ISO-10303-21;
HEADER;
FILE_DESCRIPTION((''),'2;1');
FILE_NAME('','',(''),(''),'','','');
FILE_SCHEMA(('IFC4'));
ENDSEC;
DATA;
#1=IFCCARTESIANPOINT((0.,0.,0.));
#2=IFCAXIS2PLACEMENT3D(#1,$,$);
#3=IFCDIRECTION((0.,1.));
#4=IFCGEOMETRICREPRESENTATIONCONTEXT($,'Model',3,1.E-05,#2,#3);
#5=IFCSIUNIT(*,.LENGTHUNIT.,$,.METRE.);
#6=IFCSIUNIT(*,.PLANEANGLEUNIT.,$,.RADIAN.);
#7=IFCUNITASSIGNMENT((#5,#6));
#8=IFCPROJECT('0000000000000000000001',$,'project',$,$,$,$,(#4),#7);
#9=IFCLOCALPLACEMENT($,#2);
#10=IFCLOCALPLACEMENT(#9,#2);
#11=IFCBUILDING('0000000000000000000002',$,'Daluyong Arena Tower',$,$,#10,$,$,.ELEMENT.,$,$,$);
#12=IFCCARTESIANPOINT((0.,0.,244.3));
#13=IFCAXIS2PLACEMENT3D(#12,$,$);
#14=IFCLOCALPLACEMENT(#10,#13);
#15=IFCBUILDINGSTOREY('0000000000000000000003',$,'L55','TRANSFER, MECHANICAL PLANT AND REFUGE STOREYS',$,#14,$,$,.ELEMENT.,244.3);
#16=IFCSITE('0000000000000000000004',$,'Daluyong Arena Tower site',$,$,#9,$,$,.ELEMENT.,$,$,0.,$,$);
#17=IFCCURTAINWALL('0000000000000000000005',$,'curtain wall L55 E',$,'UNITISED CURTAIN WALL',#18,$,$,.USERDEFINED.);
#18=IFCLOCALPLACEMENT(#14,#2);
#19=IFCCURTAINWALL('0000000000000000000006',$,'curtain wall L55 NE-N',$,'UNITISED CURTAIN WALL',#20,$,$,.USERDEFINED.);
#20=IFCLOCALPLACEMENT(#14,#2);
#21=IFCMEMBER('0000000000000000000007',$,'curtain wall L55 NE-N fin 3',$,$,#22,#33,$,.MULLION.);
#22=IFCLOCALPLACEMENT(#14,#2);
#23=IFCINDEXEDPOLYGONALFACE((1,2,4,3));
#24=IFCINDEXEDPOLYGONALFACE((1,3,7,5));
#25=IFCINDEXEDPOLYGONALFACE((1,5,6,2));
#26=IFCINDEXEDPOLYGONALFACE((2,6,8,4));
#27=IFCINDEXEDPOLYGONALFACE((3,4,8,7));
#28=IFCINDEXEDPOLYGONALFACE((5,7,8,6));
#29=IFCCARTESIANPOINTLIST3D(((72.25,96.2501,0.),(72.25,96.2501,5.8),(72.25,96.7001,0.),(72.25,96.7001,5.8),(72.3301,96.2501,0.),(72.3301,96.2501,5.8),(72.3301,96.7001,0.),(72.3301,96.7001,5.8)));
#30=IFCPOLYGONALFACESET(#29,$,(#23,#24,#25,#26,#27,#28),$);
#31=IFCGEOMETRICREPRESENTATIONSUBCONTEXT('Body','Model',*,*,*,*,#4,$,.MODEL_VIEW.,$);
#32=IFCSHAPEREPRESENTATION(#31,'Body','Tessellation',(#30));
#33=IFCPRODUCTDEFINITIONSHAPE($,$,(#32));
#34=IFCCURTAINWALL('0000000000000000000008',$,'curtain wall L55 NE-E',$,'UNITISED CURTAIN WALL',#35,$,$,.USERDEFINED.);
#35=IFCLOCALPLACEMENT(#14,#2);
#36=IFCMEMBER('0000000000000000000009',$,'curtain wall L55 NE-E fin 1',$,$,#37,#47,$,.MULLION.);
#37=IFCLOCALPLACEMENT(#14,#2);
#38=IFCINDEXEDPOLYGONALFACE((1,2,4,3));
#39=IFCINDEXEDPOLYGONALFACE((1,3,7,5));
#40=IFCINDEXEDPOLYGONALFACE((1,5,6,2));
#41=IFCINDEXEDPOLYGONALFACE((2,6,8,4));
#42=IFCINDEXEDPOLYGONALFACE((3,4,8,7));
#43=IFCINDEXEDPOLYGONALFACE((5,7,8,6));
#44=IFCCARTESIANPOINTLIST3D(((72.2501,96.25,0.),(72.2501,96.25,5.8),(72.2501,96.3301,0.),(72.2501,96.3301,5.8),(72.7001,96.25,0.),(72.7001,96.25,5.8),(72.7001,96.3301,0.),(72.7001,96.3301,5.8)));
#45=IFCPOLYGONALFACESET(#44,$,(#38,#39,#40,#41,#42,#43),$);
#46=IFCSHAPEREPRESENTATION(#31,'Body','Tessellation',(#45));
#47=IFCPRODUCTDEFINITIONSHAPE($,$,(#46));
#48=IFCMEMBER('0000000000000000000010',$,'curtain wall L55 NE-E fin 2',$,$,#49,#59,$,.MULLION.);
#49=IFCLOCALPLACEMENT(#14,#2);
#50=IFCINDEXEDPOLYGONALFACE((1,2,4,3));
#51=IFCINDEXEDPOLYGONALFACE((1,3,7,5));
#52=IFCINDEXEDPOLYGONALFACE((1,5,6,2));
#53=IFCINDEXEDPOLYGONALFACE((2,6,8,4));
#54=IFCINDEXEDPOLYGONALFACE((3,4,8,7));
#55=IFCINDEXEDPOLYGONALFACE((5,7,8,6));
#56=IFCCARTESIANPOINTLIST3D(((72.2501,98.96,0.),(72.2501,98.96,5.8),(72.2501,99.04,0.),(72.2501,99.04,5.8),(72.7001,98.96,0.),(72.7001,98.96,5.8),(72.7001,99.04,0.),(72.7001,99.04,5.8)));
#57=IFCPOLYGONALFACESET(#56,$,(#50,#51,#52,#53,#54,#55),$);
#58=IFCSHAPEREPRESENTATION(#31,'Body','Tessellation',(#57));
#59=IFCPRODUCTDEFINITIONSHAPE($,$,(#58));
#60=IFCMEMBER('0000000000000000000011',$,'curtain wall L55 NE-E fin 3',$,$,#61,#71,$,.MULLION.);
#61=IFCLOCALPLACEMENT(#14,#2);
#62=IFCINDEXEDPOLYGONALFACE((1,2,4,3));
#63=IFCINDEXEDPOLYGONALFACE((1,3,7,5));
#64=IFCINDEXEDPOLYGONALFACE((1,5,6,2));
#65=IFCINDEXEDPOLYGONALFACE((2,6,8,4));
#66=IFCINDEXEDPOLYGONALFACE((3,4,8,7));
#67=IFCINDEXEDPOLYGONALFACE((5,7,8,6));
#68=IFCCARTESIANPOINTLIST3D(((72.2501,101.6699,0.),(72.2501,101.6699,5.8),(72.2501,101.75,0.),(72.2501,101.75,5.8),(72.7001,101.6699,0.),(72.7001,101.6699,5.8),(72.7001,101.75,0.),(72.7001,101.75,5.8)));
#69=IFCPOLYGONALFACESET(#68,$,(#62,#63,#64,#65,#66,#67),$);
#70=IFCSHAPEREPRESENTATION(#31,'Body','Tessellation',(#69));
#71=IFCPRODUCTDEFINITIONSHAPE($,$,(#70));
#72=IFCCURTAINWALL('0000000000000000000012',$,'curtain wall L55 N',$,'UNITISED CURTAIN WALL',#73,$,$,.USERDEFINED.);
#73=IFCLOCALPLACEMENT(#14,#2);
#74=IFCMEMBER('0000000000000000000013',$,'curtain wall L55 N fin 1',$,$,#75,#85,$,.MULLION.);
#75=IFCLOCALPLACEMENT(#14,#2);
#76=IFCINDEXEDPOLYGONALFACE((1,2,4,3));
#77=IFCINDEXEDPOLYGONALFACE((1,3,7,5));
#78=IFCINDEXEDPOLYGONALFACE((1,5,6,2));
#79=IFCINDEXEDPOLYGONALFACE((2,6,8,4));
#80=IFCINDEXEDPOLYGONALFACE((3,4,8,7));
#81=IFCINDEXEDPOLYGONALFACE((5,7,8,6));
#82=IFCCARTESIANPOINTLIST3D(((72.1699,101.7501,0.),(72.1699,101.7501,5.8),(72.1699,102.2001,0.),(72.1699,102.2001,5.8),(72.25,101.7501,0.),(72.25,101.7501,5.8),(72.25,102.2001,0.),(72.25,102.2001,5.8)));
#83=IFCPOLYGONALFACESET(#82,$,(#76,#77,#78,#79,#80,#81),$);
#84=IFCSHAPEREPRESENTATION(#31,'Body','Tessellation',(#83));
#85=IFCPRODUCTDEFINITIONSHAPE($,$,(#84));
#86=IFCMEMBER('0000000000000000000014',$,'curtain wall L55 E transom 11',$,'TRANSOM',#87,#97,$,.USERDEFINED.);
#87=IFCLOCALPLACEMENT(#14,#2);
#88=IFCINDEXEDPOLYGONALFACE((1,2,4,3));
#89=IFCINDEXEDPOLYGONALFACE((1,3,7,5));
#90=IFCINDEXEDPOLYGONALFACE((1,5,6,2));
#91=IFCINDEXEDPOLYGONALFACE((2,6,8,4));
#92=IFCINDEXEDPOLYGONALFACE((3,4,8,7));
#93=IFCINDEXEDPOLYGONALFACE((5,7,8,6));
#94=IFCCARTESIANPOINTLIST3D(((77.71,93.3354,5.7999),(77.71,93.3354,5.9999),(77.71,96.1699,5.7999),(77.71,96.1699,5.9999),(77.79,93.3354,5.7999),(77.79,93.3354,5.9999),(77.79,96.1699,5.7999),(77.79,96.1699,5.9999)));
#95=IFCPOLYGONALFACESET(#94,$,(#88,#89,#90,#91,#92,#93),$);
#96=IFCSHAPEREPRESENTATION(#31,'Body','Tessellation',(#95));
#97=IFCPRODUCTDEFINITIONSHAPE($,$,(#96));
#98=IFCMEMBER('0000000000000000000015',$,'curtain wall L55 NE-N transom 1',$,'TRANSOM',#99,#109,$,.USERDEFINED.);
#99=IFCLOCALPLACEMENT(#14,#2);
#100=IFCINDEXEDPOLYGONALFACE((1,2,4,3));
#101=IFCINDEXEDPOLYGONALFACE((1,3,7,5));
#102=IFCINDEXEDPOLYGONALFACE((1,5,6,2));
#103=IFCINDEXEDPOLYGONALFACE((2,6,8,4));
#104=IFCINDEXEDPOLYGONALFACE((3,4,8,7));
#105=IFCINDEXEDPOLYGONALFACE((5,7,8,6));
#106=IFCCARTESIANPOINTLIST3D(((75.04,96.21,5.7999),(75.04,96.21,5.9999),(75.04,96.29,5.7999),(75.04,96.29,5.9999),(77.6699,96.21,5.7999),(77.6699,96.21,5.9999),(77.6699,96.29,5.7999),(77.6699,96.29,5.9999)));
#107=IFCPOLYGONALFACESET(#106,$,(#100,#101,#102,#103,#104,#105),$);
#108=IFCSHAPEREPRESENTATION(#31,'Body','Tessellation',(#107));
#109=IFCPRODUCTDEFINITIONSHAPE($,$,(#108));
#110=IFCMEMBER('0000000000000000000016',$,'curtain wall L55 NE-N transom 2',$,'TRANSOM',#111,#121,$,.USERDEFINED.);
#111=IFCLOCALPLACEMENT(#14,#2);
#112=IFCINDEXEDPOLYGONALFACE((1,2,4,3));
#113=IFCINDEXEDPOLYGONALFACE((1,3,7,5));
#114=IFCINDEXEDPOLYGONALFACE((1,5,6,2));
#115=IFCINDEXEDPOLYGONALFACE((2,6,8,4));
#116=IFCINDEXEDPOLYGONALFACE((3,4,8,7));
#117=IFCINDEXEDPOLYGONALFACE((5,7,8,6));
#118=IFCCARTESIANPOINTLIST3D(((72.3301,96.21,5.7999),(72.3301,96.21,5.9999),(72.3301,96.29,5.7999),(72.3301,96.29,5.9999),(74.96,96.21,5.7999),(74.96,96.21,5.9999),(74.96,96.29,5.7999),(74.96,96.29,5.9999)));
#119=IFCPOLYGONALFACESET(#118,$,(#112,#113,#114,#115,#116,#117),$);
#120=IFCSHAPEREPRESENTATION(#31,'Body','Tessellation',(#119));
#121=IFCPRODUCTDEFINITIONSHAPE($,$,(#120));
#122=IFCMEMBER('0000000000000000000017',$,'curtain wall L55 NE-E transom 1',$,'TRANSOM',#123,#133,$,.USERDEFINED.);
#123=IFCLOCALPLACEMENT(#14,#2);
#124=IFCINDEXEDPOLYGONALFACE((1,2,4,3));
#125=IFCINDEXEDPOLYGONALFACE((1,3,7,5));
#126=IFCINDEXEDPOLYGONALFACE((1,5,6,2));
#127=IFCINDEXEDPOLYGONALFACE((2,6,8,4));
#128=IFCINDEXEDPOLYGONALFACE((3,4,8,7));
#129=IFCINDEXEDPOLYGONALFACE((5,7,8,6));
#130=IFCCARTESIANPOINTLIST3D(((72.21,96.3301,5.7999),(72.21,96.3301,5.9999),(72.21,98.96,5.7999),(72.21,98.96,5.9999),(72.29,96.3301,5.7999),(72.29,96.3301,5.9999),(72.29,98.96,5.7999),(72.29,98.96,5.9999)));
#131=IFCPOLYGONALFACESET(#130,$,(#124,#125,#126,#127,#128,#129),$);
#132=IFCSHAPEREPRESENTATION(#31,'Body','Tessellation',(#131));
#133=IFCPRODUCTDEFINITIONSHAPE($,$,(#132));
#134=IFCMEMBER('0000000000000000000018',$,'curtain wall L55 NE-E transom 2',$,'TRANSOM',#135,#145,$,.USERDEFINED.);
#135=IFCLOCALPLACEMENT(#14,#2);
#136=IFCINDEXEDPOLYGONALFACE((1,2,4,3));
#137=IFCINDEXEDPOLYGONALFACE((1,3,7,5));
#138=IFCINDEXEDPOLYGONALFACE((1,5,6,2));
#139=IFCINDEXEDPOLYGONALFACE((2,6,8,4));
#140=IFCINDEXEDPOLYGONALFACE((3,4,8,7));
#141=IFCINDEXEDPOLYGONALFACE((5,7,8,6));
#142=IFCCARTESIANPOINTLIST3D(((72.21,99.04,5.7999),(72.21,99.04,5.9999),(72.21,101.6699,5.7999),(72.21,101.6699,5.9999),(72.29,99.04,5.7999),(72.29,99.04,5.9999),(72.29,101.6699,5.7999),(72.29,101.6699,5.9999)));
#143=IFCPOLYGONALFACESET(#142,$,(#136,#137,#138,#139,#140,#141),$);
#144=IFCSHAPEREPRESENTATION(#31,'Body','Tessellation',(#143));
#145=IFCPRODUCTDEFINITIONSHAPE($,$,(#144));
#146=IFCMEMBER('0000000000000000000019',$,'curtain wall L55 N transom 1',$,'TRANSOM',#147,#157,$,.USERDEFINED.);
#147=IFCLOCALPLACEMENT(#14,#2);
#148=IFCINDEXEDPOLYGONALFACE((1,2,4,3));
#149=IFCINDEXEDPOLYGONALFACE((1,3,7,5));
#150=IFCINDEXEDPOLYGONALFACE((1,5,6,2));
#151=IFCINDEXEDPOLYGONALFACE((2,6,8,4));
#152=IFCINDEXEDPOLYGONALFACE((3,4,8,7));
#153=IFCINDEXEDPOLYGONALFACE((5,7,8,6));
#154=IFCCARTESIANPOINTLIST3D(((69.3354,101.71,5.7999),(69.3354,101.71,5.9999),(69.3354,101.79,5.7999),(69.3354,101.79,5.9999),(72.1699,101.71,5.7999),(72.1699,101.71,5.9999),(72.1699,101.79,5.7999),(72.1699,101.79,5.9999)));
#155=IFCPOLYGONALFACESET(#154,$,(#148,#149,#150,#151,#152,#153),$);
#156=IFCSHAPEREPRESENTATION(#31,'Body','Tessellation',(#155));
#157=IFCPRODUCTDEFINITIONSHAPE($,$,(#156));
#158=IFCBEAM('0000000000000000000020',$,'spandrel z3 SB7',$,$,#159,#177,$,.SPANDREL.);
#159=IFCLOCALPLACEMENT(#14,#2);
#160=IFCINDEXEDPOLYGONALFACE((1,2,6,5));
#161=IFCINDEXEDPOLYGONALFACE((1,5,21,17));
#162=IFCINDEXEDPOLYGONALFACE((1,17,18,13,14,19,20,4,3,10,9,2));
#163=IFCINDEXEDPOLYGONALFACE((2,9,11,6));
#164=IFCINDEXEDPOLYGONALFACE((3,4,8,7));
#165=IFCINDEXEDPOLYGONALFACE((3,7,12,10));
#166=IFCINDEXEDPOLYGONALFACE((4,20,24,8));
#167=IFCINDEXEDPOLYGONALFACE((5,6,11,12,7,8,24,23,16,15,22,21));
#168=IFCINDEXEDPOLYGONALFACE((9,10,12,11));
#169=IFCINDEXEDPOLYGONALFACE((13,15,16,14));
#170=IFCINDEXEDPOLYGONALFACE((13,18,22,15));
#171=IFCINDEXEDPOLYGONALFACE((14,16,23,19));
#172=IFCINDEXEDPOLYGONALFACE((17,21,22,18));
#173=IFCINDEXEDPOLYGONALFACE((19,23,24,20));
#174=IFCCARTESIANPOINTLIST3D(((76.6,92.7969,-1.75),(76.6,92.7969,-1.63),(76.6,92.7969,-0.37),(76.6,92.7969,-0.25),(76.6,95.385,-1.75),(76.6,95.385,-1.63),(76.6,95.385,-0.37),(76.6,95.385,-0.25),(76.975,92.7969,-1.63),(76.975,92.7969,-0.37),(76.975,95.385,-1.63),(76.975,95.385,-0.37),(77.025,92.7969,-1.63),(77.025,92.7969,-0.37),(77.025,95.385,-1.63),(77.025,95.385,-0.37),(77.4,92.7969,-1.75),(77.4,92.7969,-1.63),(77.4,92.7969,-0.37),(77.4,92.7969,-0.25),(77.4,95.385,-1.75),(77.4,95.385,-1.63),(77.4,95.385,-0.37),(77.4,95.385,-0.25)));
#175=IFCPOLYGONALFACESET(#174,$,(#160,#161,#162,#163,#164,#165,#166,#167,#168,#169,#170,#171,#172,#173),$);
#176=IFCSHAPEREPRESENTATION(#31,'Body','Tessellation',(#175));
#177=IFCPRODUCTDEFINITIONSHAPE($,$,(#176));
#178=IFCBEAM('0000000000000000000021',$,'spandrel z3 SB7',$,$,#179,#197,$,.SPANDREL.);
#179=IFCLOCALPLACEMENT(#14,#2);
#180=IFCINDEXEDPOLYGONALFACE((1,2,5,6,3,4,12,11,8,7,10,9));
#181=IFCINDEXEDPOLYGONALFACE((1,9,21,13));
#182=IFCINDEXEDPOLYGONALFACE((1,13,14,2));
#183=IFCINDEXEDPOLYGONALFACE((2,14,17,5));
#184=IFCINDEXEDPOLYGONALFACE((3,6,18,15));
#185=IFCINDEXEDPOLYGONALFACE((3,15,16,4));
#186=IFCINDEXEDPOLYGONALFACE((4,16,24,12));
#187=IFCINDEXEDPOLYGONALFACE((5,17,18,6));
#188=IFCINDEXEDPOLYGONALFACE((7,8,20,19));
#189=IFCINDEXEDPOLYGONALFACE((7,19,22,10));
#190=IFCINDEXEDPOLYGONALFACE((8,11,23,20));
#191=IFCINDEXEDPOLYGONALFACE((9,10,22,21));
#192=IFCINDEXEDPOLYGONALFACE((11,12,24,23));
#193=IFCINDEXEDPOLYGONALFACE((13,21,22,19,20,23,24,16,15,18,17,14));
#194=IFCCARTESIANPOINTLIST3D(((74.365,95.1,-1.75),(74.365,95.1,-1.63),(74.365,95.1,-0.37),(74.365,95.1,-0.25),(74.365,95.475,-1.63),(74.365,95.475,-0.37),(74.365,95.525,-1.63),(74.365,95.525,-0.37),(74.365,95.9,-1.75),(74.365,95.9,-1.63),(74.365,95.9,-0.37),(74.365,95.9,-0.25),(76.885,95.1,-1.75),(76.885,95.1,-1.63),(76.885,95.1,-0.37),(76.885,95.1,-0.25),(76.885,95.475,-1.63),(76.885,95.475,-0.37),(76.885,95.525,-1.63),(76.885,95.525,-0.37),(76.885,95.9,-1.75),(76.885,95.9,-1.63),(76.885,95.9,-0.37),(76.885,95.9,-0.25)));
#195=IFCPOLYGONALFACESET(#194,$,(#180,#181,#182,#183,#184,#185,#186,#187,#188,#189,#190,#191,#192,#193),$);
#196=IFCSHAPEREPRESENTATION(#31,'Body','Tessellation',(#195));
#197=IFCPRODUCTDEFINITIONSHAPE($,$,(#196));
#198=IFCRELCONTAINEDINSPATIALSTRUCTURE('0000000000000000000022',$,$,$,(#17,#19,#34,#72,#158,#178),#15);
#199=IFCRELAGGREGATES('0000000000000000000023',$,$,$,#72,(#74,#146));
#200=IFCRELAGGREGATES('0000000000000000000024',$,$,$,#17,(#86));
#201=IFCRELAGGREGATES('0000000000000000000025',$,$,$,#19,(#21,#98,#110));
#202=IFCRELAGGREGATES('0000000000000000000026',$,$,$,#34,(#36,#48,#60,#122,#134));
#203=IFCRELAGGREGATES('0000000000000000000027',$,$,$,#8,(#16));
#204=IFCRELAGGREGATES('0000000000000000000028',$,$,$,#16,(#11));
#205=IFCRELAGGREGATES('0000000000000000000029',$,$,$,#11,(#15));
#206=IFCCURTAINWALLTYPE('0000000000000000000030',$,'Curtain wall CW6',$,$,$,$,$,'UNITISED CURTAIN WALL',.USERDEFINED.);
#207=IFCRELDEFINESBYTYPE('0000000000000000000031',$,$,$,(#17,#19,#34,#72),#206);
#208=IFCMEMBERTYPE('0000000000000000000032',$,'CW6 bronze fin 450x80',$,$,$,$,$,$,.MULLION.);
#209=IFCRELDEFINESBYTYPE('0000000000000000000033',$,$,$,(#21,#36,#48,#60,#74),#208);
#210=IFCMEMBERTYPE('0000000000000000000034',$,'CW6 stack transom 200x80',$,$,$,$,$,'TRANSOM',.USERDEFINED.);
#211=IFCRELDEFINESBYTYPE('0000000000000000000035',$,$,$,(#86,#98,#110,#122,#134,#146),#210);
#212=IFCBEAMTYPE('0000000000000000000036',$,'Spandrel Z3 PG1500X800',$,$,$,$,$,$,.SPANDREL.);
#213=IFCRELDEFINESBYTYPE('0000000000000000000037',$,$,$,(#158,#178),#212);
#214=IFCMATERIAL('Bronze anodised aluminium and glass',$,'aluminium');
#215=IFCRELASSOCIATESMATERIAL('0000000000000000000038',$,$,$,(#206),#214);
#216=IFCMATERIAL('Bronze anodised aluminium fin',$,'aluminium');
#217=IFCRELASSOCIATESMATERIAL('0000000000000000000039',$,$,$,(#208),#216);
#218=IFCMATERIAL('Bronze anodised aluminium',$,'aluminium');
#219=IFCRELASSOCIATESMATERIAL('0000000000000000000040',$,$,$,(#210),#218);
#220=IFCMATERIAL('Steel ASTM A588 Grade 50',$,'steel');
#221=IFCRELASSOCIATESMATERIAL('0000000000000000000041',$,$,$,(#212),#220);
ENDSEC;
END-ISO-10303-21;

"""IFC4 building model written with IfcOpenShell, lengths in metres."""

from ifc_helpers import new_model, si_unit, direction, frame, origin, origin_2d, place, context, subcontext, project, spatial, rectangle, i_section, extrude, material, material_profile, profile_set, type_object, element, aggregate, save


model = new_model("IFC4")

# Units and contexts
model_context = context("Model", 3, precision=1e-05, world=origin(), true_north=direction((0.0, 1.0)))
body_context = subcontext(model_context, "Body", "Model", "MODEL_VIEW")
ifc_project = project(units=[si_unit("LENGTHUNIT", "METRE"), si_unit("PLANEANGLEUNIT", "RADIAN")], contexts=[model_context])

# Site, building, storey
site_placement = place(None, origin())
site = spatial("IfcSite", under=ifc_project, at=site_placement, Name="Daluyong Arena Tower site", CompositionType="ELEMENT", RefElevation=0.0)
building_placement = place(site_placement, origin())
building = spatial("IfcBuilding", under=site, at=building_placement, Name="Daluyong Arena Tower", CompositionType="ELEMENT")
storey_placement = place(building_placement, frame((0.0, 0.0, 244.3)))
storey = spatial("IfcBuildingStorey", under=building, at=storey_placement, Name="L55", Description="TRANSFER, MECHANICAL PLANT AND REFUGE STOREYS", CompositionType="ELEMENT", Elevation=244.3)

# Curtain walls, members
ifc_material_1 = material(Name="Bronze anodised aluminium and glass", Category="aluminium")
curtain_wall_type = type_object("IfcCurtainWallType", Name="Curtain wall CW6", ElementType="UNITISED CURTAIN WALL", PredefinedType="USERDEFINED", material=ifc_material_1)
curtain_wall_1_placement = place(storey_placement, origin())
curtain_wall_1 = element("IfcCurtainWall", 1, at=curtain_wall_1_placement, inside=storey, type_object=curtain_wall_type, Name="curtain wall L55 E", ObjectType="UNITISED CURTAIN WALL", PredefinedType="USERDEFINED")
ifc_material_2 = material(Name="Bronze anodised aluminium fin", Category="aluminium")
ifc_material_profile_1 = material_profile(ifc_material_2, rectangle(XDim=0.45, YDim=0.0801, at=origin_2d()))
ifc_profile_set_1 = profile_set([ifc_material_profile_1], Name="Bronze anodised aluminium fin")
member_type_1 = type_object("IfcMemberType", Name="CW6 bronze fin 450x80", PredefinedType="MULLION", material=ifc_profile_set_1)
curtain_wall_2_placement = place(storey_placement, origin())
curtain_wall_2 = element("IfcCurtainWall", 2, at=curtain_wall_2_placement, inside=storey, type_object=curtain_wall_type, Name="curtain wall L55 NE-N", ObjectType="UNITISED CURTAIN WALL", PredefinedType="USERDEFINED")
member_1_placement = place(storey_placement, frame((72.29, 96.4751, 0.0), z_axis=(0.0, 0.0, 1.0), x_axis=(0.0, -1.0, 0.0)))
member_1 = element("IfcMember", 3, at=member_1_placement, type_object=member_type_1, Name="curtain wall L55 NE-N fin 3", PredefinedType="MULLION", context=body_context, shape_type="SweptSolid", body=[
    extrude(rectangle(XDim=0.45, YDim=0.0801, at=origin_2d()), origin(), (0.0, 0.0, 1.0), 5.8),
])
curtain_wall_3_placement = place(storey_placement, origin())
curtain_wall_3 = element("IfcCurtainWall", 4, at=curtain_wall_3_placement, inside=storey, type_object=curtain_wall_type, Name="curtain wall L55 NE-E", ObjectType="UNITISED CURTAIN WALL", PredefinedType="USERDEFINED")
member_2_placement = place(storey_placement, frame((72.4751, 96.29, 0.0), z_axis=(0.0, 0.0, 1.0), x_axis=(-1.0, 0.0, 0.0)))
member_2 = element("IfcMember", 5, at=member_2_placement, type_object=member_type_1, Name="curtain wall L55 NE-E fin 1", PredefinedType="MULLION", context=body_context, shape_type="SweptSolid", body=[
    extrude(rectangle(XDim=0.45, YDim=0.0801, at=origin_2d()), origin(), (0.0, 0.0, 1.0), 5.8),
])
member_3_placement = place(storey_placement, frame((72.4751, 99.0, 0.0), z_axis=(0.0, 0.0, 1.0), x_axis=(-1.0, 0.0, 0.0)))
member_3 = element("IfcMember", 6, at=member_3_placement, type_object=member_type_1, Name="curtain wall L55 NE-E fin 2", PredefinedType="MULLION", context=body_context, shape_type="SweptSolid", body=[
    extrude(rectangle(XDim=0.45, YDim=0.0801, at=origin_2d()), origin(), (0.0, 0.0, 1.0), 5.8),
])
member_4_placement = place(storey_placement, frame((72.4751, 101.71, 0.0), z_axis=(0.0, 0.0, 1.0), x_axis=(-1.0, 0.0, 0.0)))
member_4 = element("IfcMember", 7, at=member_4_placement, type_object=member_type_1, Name="curtain wall L55 NE-E fin 3", PredefinedType="MULLION", context=body_context, shape_type="SweptSolid", body=[
    extrude(rectangle(XDim=0.45, YDim=0.0801, at=origin_2d()), origin(), (0.0, 0.0, 1.0), 5.8),
])

# Curtain wall, member
curtain_wall_4_placement = place(storey_placement, origin())
curtain_wall_4 = element("IfcCurtainWall", 8, at=curtain_wall_4_placement, inside=storey, type_object=curtain_wall_type, Name="curtain wall L55 N", ObjectType="UNITISED CURTAIN WALL", PredefinedType="USERDEFINED")
member_5_placement = place(storey_placement, frame((72.21, 101.9751, 0.0), z_axis=(0.0, 0.0, 1.0), x_axis=(0.0, -1.0, 0.0)))
member_5 = element("IfcMember", 9, at=member_5_placement, type_object=member_type_1, Name="curtain wall L55 N fin 1", PredefinedType="MULLION", context=body_context, shape_type="SweptSolid", body=[
    extrude(rectangle(XDim=0.45, YDim=0.0801, at=origin_2d()), origin(), (0.0, 0.0, 1.0), 5.8),
])

# Members
ifc_material_3 = material(Name="Bronze anodised aluminium", Category="aluminium")
ifc_material_profile_2 = material_profile(ifc_material_3, rectangle(XDim=0.0801, YDim=0.2, at=origin_2d()))
ifc_profile_set_2 = profile_set([ifc_material_profile_2], Name="Bronze anodised aluminium")
member_type_2 = type_object("IfcMemberType", Name="CW6 stack transom 200x80", ElementType="TRANSOM", PredefinedType="USERDEFINED", material=ifc_profile_set_2)
member_6_placement = place(storey_placement, frame((77.75, 93.3354, 5.8999), z_axis=(0.0, 1.0, 0.0), x_axis=(-1.0, 0.0, 0.0)))
member_6 = element("IfcMember", 10, at=member_6_placement, type_object=member_type_2, Name="curtain wall L55 E transom 11", ObjectType="TRANSOM", PredefinedType="USERDEFINED", context=body_context, shape_type="SweptSolid", body=[
    extrude(rectangle(XDim=0.0801, YDim=0.2, at=origin_2d()), origin(), (0.0, 0.0, 1.0), 2.8345),
])
member_7_placement = place(storey_placement, frame((77.6699, 96.25, 5.8999), z_axis=(-1.0, 0.0, 0.0), x_axis=(0.0, -1.0, 0.0)))
member_7 = element("IfcMember", 11, at=member_7_placement, type_object=member_type_2, Name="curtain wall L55 NE-N transom 1", ObjectType="TRANSOM", PredefinedType="USERDEFINED", context=body_context, shape_type="SweptSolid", body=[
    extrude(rectangle(XDim=0.0801, YDim=0.2, at=origin_2d()), origin(), (0.0, 0.0, 1.0), 2.6299),
])
member_8_placement = place(storey_placement, frame((74.96, 96.25, 5.8999), z_axis=(-1.0, 0.0, 0.0), x_axis=(0.0, -1.0, 0.0)))
member_8 = element("IfcMember", 12, at=member_8_placement, type_object=member_type_2, Name="curtain wall L55 NE-N transom 2", ObjectType="TRANSOM", PredefinedType="USERDEFINED", context=body_context, shape_type="SweptSolid", body=[
    extrude(rectangle(XDim=0.0801, YDim=0.2, at=origin_2d()), origin(), (0.0, 0.0, 1.0), 2.6299),
])
member_9_placement = place(storey_placement, frame((72.25, 96.3301, 5.8999), z_axis=(0.0, 1.0, 0.0), x_axis=(-1.0, 0.0, 0.0)))
member_9 = element("IfcMember", 13, at=member_9_placement, type_object=member_type_2, Name="curtain wall L55 NE-E transom 1", ObjectType="TRANSOM", PredefinedType="USERDEFINED", context=body_context, shape_type="SweptSolid", body=[
    extrude(rectangle(XDim=0.0801, YDim=0.2, at=origin_2d()), origin(), (0.0, 0.0, 1.0), 2.6299),
])
member_10_placement = place(storey_placement, frame((72.25, 99.04, 5.8999), z_axis=(0.0, 1.0, 0.0), x_axis=(-1.0, 0.0, 0.0)))
member_10 = element("IfcMember", 14, at=member_10_placement, type_object=member_type_2, Name="curtain wall L55 NE-E transom 2", ObjectType="TRANSOM", PredefinedType="USERDEFINED", context=body_context, shape_type="SweptSolid", body=[
    extrude(rectangle(XDim=0.0801, YDim=0.2, at=origin_2d()), origin(), (0.0, 0.0, 1.0), 2.6299),
])
member_11_placement = place(storey_placement, frame((72.1699, 101.75, 5.8999), z_axis=(-1.0, 0.0, 0.0), x_axis=(0.0, -1.0, 0.0)))
member_11 = element("IfcMember", 15, at=member_11_placement, type_object=member_type_2, Name="curtain wall L55 N transom 1", ObjectType="TRANSOM", PredefinedType="USERDEFINED", context=body_context, shape_type="SweptSolid", body=[
    extrude(rectangle(XDim=0.0801, YDim=0.2, at=origin_2d()), origin(), (0.0, 0.0, 1.0), 2.8345),
])
aggregate(curtain_wall_4, [member_5, member_11])

# Beams
ifc_material_4 = material(Name="Steel ASTM A588 Grade 50", Category="steel")
ifc_material_profile_3 = material_profile(ifc_material_4, i_section(OverallWidth=0.8, OverallDepth=1.5, WebThickness=0.05, FlangeThickness=0.12, at=origin_2d()))
ifc_profile_set_3 = profile_set([ifc_material_profile_3], Name="Steel ASTM A588 Grade 50")
beam_type = type_object("IfcBeamType", Name="Spandrel Z3 PG1500X800", PredefinedType="SPANDREL", material=ifc_profile_set_3)
beam_placement = place(storey_placement, frame((77.0, 92.7969, -1.0), z_axis=(0.0, 1.0, 0.0), x_axis=(-1.0, 0.0, 0.0)))
element("IfcBeam", 16, at=beam_placement, inside=storey, type_object=beam_type, Name="spandrel z3 SB7", PredefinedType="SPANDREL", context=body_context, shape_type="SweptSolid", body=[
    extrude(i_section(OverallWidth=0.8, OverallDepth=1.5, WebThickness=0.05, FlangeThickness=0.12, at=origin_2d()), origin(), (0.0, 0.0, 1.0), 2.5881),
])
for number, where, z_axis, x_axis, name in (
    (17, (76.885, 95.5, -1.0), (-1.0, 0.0, 0.0), (0.0, -1.0, 0.0), "spandrel z3 SB7"),
):
    element("IfcBeam", number, at=place(storey_placement, frame(where, z_axis=z_axis, x_axis=x_axis)), inside=storey, type_object=beam_type, Name=name, PredefinedType="SPANDREL", context=body_context, shape_type="SweptSolid", body=[
        extrude(i_section(OverallWidth=0.8, OverallDepth=1.5, WebThickness=0.05, FlangeThickness=0.12, at=origin_2d()), origin(), (0.0, 0.0, 1.0), 2.52),
    ])

aggregate(curtain_wall_1, [member_6])
aggregate(curtain_wall_2, [member_1, member_7, member_8])
aggregate(curtain_wall_3, [member_2, member_3, member_4, member_9, member_10])

save(model, "model.ifc")
